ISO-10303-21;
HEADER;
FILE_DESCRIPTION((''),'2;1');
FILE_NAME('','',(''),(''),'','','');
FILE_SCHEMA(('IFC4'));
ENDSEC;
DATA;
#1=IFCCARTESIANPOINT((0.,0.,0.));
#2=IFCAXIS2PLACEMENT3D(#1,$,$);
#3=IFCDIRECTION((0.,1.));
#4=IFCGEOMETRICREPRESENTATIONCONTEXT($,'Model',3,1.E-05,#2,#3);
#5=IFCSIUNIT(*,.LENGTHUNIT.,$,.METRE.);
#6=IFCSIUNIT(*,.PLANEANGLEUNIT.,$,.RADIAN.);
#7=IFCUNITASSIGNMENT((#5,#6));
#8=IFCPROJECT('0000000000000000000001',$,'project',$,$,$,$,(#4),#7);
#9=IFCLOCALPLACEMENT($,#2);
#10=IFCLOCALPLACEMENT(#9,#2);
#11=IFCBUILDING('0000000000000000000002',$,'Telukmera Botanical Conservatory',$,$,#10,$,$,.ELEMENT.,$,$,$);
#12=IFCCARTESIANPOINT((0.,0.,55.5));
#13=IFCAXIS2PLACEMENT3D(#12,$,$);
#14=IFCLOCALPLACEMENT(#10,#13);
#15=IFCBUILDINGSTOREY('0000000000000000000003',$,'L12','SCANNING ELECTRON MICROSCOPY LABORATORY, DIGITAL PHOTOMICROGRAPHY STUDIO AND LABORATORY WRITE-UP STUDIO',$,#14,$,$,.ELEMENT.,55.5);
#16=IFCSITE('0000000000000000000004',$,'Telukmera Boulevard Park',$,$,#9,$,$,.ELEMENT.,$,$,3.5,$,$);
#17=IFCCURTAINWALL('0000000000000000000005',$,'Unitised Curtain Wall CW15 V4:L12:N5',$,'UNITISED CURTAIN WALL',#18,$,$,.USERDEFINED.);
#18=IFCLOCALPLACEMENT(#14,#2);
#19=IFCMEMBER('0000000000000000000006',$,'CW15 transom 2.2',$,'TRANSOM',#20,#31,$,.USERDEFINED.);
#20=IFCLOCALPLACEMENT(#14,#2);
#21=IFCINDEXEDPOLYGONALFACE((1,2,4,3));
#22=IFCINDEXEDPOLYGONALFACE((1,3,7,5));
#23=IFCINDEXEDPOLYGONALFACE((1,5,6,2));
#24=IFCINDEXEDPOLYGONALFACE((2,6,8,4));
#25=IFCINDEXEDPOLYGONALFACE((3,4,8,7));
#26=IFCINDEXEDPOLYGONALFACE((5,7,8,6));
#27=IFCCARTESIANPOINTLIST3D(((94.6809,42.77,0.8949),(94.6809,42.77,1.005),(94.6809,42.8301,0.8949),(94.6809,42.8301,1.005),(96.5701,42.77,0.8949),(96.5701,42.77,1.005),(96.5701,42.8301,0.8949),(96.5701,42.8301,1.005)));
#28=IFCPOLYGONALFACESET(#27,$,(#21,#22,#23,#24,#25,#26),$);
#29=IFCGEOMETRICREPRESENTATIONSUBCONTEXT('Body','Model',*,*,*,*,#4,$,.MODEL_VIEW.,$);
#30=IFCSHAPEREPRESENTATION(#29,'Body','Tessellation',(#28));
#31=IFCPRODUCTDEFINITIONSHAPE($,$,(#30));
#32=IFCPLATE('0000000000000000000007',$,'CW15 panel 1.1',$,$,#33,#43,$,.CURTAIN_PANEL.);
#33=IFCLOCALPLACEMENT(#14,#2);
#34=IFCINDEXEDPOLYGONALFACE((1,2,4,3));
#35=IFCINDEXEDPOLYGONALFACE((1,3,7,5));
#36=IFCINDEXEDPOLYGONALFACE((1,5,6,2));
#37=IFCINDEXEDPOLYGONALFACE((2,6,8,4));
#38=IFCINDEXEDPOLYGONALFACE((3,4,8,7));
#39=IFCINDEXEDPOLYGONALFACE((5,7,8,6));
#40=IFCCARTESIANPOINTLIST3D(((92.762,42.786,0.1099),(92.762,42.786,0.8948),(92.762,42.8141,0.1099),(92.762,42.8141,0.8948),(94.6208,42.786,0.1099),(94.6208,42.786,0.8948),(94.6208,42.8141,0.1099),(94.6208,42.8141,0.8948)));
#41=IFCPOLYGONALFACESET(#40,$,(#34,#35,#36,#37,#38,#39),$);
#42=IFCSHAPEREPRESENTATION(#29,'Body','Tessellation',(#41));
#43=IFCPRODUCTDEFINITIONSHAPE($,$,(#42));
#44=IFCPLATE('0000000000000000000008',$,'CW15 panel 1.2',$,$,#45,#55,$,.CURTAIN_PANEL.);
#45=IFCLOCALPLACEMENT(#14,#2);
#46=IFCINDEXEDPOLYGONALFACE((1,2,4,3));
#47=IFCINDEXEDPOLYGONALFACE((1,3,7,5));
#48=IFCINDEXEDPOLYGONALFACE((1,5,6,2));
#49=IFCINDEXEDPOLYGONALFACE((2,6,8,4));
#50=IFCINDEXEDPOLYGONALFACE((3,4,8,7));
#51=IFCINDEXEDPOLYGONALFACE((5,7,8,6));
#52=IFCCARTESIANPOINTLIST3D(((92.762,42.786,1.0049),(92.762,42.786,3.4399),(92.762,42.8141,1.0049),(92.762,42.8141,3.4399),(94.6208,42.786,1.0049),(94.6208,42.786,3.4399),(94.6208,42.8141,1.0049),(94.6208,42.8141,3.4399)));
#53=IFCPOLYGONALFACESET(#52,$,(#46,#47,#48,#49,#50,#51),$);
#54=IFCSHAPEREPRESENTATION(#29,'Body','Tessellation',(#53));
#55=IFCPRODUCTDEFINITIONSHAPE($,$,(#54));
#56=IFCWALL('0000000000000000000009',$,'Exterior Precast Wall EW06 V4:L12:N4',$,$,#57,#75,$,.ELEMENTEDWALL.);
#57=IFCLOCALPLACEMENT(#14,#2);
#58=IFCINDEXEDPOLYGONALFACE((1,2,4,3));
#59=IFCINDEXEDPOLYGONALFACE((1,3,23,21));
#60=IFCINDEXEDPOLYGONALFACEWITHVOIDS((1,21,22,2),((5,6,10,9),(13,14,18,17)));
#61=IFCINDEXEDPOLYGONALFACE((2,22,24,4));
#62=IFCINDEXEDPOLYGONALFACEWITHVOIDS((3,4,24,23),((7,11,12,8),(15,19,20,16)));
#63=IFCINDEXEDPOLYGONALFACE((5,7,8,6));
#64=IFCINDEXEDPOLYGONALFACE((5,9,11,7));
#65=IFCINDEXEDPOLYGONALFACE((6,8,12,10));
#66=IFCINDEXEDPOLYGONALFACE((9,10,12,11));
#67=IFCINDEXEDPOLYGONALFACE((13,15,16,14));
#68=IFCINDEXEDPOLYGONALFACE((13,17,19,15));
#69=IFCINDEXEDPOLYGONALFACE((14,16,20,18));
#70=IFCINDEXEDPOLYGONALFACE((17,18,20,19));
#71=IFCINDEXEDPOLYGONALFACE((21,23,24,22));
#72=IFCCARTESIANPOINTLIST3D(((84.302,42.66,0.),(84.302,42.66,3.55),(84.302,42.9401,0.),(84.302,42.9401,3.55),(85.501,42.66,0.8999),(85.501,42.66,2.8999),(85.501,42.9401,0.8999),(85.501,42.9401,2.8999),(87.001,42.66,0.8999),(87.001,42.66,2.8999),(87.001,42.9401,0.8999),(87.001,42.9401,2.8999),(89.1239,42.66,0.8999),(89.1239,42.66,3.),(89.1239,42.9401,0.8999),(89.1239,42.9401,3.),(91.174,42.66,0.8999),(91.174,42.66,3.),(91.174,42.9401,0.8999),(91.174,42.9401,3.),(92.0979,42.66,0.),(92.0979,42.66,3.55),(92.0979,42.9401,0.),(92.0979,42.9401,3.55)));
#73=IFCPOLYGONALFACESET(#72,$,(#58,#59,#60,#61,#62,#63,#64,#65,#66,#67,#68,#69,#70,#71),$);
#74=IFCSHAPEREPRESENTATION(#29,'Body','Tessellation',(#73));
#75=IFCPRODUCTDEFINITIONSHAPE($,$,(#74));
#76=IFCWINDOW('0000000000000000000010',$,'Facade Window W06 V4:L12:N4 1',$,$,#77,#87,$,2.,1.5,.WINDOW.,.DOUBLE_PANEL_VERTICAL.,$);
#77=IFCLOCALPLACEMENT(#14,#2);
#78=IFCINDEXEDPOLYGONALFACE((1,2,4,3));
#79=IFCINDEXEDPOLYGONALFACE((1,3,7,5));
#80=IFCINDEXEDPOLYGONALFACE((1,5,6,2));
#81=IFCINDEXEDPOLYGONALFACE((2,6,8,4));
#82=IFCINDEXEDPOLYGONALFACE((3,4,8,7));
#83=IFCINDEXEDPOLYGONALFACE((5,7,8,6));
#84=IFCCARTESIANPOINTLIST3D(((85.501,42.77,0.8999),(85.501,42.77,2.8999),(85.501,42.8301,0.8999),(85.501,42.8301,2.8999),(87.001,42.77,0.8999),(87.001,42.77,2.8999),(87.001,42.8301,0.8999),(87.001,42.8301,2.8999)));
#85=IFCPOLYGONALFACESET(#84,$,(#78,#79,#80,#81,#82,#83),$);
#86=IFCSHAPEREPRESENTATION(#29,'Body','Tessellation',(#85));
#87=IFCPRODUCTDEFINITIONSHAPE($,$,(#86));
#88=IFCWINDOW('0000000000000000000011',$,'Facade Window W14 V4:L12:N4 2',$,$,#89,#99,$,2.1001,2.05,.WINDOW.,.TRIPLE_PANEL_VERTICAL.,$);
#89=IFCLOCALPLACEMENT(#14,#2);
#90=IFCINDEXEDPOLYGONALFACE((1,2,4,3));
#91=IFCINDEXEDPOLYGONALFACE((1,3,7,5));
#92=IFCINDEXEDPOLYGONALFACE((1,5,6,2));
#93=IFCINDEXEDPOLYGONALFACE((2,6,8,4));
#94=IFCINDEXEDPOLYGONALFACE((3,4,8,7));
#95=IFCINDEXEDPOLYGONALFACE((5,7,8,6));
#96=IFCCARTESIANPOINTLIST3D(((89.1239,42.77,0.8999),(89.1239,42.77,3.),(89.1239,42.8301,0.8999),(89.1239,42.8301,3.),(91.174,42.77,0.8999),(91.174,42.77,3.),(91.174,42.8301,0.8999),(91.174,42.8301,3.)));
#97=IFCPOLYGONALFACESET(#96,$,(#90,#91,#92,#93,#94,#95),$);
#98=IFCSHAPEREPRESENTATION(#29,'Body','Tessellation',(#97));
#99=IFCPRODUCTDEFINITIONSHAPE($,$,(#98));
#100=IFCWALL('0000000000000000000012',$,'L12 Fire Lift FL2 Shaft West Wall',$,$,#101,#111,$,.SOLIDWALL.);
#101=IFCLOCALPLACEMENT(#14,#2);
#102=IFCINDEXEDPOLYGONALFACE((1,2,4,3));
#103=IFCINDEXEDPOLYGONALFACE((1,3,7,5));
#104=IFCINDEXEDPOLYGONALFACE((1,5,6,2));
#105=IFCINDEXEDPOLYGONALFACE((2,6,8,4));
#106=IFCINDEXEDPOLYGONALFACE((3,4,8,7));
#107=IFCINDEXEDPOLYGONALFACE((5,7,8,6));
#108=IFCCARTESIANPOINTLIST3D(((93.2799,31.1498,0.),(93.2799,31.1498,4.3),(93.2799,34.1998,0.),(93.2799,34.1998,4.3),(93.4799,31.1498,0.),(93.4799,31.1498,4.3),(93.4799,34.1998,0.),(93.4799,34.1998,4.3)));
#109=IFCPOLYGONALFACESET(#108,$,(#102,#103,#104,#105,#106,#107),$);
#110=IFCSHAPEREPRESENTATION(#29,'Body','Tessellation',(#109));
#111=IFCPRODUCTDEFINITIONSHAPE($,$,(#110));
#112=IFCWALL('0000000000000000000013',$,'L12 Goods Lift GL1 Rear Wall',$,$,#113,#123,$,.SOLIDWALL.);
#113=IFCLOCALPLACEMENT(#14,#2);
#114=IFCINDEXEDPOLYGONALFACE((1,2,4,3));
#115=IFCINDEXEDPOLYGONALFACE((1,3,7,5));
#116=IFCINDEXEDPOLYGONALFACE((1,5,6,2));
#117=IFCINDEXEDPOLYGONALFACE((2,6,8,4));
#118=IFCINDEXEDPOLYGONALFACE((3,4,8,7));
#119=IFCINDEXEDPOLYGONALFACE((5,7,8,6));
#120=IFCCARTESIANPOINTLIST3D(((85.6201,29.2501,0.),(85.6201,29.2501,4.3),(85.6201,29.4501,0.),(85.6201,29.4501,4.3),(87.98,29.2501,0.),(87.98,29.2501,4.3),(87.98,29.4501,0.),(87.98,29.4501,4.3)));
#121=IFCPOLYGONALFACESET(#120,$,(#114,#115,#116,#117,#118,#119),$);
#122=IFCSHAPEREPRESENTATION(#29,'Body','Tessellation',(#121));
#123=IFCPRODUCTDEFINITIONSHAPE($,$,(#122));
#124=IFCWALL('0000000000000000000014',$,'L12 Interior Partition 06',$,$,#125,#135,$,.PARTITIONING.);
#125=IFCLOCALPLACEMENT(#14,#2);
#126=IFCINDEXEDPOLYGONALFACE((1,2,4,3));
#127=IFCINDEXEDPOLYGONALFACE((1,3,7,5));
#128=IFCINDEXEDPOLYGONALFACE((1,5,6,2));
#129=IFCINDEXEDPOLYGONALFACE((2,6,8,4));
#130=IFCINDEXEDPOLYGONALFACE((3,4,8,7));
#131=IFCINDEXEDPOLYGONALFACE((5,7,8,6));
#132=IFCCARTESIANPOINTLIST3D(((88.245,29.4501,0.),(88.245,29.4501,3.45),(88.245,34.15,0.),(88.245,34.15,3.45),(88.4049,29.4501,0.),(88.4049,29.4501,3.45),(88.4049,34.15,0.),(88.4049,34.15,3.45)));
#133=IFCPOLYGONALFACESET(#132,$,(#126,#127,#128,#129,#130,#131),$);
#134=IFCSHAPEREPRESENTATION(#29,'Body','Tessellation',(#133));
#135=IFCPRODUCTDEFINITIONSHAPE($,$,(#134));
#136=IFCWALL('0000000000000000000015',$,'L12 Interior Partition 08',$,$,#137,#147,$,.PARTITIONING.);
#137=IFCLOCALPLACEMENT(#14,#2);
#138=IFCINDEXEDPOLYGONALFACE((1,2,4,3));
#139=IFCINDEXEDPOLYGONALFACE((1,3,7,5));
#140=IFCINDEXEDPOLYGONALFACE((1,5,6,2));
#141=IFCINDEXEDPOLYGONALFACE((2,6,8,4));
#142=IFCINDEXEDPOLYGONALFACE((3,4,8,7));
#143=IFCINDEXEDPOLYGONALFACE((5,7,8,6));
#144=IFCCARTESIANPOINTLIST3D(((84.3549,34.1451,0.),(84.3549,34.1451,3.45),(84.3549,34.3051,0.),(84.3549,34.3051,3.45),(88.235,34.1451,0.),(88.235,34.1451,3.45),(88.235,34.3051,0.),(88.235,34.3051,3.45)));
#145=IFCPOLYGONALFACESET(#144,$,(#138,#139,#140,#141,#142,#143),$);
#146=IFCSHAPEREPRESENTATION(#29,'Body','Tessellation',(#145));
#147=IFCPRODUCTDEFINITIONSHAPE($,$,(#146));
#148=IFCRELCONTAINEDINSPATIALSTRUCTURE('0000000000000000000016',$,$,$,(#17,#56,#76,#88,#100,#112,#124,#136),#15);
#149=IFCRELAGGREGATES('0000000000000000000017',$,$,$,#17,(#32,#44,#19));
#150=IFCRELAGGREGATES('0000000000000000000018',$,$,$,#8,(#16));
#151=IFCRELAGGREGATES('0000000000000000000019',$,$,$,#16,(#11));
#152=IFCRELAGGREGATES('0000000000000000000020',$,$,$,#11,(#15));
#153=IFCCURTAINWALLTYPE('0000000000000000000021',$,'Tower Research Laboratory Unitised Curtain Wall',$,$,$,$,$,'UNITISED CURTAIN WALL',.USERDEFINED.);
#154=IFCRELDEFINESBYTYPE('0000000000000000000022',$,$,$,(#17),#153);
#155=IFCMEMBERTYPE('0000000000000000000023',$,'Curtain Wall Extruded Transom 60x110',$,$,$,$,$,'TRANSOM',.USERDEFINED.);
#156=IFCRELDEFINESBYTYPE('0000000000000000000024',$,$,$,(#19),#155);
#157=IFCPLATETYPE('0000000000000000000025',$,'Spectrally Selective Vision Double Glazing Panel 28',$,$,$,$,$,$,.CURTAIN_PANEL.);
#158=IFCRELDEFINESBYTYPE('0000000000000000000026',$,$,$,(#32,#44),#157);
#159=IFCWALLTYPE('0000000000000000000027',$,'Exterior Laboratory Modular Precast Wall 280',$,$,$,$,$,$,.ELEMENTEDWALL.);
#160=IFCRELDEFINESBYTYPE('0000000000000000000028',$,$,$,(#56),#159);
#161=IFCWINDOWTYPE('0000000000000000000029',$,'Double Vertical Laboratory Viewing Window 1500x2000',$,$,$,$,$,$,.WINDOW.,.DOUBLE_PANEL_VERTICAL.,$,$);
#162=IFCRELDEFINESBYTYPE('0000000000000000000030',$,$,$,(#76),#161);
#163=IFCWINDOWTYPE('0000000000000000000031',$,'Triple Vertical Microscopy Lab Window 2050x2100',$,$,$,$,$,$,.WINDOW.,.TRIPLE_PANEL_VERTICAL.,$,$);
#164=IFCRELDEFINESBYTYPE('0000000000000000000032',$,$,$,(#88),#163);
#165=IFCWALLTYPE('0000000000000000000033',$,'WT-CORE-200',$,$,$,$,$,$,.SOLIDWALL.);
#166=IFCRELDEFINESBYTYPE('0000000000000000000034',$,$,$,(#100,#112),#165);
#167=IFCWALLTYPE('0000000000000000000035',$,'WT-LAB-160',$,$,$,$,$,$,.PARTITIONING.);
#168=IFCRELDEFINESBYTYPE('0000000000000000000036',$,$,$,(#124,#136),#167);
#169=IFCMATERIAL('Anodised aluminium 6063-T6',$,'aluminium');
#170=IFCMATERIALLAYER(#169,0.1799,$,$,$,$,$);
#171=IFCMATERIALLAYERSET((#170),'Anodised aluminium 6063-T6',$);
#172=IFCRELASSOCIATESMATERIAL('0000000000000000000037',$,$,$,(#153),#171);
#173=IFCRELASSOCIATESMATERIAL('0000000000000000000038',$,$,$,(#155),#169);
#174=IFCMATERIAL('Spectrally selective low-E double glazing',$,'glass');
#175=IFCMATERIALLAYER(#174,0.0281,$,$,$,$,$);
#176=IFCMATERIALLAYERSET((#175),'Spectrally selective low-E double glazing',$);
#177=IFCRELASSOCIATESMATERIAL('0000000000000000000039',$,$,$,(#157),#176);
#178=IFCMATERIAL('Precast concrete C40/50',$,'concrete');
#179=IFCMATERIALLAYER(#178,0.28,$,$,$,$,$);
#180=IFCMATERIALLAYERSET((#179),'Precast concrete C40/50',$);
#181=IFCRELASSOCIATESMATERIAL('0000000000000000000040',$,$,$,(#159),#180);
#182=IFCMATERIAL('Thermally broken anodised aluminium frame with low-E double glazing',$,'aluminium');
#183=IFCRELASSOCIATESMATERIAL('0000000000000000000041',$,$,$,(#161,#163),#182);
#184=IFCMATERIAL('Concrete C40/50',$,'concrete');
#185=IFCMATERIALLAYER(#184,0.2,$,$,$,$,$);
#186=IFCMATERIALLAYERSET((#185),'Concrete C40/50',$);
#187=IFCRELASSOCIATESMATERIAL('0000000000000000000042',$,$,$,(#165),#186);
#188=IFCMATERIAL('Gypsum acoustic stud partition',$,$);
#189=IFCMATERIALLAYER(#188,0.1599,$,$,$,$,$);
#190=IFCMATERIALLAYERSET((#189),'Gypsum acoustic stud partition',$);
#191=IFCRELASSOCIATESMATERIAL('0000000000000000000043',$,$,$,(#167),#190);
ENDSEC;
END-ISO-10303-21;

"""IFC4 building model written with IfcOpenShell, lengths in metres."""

from ifc_helpers import new_model, si_unit, direction, frame, frame_2d, origin, origin_2d, place, context, subcontext, project, spatial, rectangle, extrude, material, layer, layer_set, material_profile, profile_set, type_object, element, fill, aggregate, save


model = new_model("IFC4")

# Units and contexts
model_context = context("Model", 3, precision=1e-05, world=origin(), true_north=direction((0.0, 1.0)))
body_context = subcontext(model_context, "Body", "Model", "MODEL_VIEW")
ifc_project = project(units=[si_unit("LENGTHUNIT", "METRE"), si_unit("PLANEANGLEUNIT", "RADIAN")], contexts=[model_context])

# Site, building, storey
site_placement = place(None, origin())
site = spatial("IfcSite", under=ifc_project, at=site_placement, Name="Telukmera Boulevard Park", CompositionType="ELEMENT", RefElevation=3.5)
building_placement = place(site_placement, origin())
building = spatial("IfcBuilding", under=site, at=building_placement, Name="Telukmera Botanical Conservatory", CompositionType="ELEMENT")
storey_placement = place(building_placement, frame((0.0, 0.0, 55.5)))
storey = spatial("IfcBuildingStorey", under=building, at=storey_placement, Name="L12", Description="SCANNING ELECTRON MICROSCOPY LABORATORY, DIGITAL PHOTOMICROGRAPHY STUDIO AND LABORATORY WRITE-UP STUDIO", CompositionType="ELEMENT", Elevation=55.5)

# Shared definitions
ifc_material_1 = material(Name="Concrete C40/50", Category="concrete")

# Shared definitions
ifc_material_2 = material(Name="Precast concrete C40/50", Category="concrete")

# Curtain wall, member, plates
ifc_material_3 = material(Name="Anodised aluminium 6063-T6", Category="aluminium")
ifc_layer_1 = layer(ifc_material_3, 0.1799)
ifc_layer_set_1 = layer_set([ifc_layer_1], Name="Anodised aluminium 6063-T6")
curtain_wall_type = type_object("IfcCurtainWallType", Name="Tower Research Laboratory Unitised Curtain Wall", ElementType="UNITISED CURTAIN WALL", PredefinedType="USERDEFINED", material=ifc_layer_set_1)
curtain_wall_placement = place(storey_placement, origin())
curtain_wall = element("IfcCurtainWall", 1, at=curtain_wall_placement, inside=storey, type_object=curtain_wall_type, Name="Unitised Curtain Wall CW15 V4:L12:N5", ObjectType="UNITISED CURTAIN WALL", PredefinedType="USERDEFINED")
ifc_material_profile_1 = material_profile(ifc_material_3, rectangle(XDim=0.0601, YDim=0.1101, at=origin_2d()), Name="ALU TRAN 60x110")
ifc_profile_set_1 = profile_set([ifc_material_profile_1], Name="Anodised aluminium 6063-T6")
member_type_1 = type_object("IfcMemberType", Name="Curtain Wall Extruded Transom 60x110", ElementType="TRANSOM", PredefinedType="USERDEFINED", material=ifc_profile_set_1)
member_1_placement = place(storey_placement, frame((94.6809, 42.8, 0.95), z_axis=(1.0, 0.0, 0.0), x_axis=(0.0, 1.0, 0.0)))
member_1 = element("IfcMember", 2, at=member_1_placement, type_object=member_type_1, Name="CW15 transom 2.2", ObjectType="TRANSOM", PredefinedType="USERDEFINED", context=body_context, shape_type="SweptSolid", body=[
    extrude(rectangle(XDim=0.0601, YDim=0.1101, at=origin_2d()), origin(), (0.0, 0.0, 1.0), 1.8892),
])
ifc_material_4 = material(Name="Spectrally selective low-E double glazing", Category="glass")
ifc_layer_2 = layer(ifc_material_4, 0.0281)
ifc_layer_set_2 = layer_set([ifc_layer_2], Name="Spectrally selective low-E double glazing")
plate_type = type_object("IfcPlateType", Name="Spectrally Selective Vision Double Glazing Panel 28", PredefinedType="CURTAIN_PANEL", material=ifc_layer_set_2)
plate_1_placement = place(storey_placement, frame((93.6914, 42.8, 0.1099), z_axis=(0.0, 0.0, 1.0), x_axis=(1.0, 0.0, 0.0)))
plate_1 = element("IfcPlate", 3, at=plate_1_placement, type_object=plate_type, Name="CW15 panel 1.1", PredefinedType="CURTAIN_PANEL", context=body_context, shape_type="SweptSolid", body=[
    extrude(rectangle(XDim=1.8589, YDim=0.0281, at=origin_2d()), origin(), (0.0, 0.0, 1.0), 0.7849),
])
plate_2_placement = place(storey_placement, frame((93.6914, 42.8, 1.0049), z_axis=(0.0, 0.0, 1.0), x_axis=(1.0, 0.0, 0.0)))
plate_2 = element("IfcPlate", 4, at=plate_2_placement, type_object=plate_type, Name="CW15 panel 1.2", PredefinedType="CURTAIN_PANEL", context=body_context, shape_type="SweptSolid", body=[
    extrude(rectangle(XDim=1.8589, YDim=0.0281, at=origin_2d()), origin(), (0.0, 0.0, 1.0), 2.4351),
])
aggregate(curtain_wall, [plate_1, plate_2, member_1])

# Wall, openings, windows
ifc_layer_3 = layer(ifc_material_2, 0.28)
ifc_layer_set_3 = layer_set([ifc_layer_3], Name="Precast concrete C40/50")
wall_type_1 = type_object("IfcWallType", Name="Exterior Laboratory Modular Precast Wall 280", PredefinedType="ELEMENTEDWALL", material=ifc_layer_set_3)
wall_1_placement = place(storey_placement, frame((84.302, 42.8, 0.0), z_axis=(0.0, 0.0, 1.0), x_axis=(1.0, 0.0, 0.0)))
wall_1 = element("IfcWall", 5, at=wall_1_placement, inside=storey, type_object=wall_type_1, Name="Exterior Precast Wall EW06 V4:L12:N4", PredefinedType="ELEMENTEDWALL", context=body_context, shape_type="SweptSolid", body=[
    extrude(rectangle(XDim=7.7959, YDim=0.28, at=frame_2d((3.8979, 0.0))), origin(), (0.0, 0.0, 1.0), 3.55),
])
opening_1_placement = place(wall_1_placement, frame((1.199, 0.0, 0.8999)))
opening_1 = element("IfcOpeningElement", 6, at=opening_1_placement, cuts=wall_1, PredefinedType="OPENING", context=body_context, shape_type="SweptSolid", body=[
    extrude(rectangle(XDim=1.5, YDim=2.0, at=frame_2d((0.75, 1.0))), frame((0.0, 0.1499, 0.0), z_axis=(0.0, -1.0, 0.0), x_axis=(1.0, 0.0, 0.0)), (0.0, 0.0, 1.0), 0.3),
])
opening_2_placement = place(wall_1_placement, frame((4.822, 0.0, 0.8999)))
opening_2 = element("IfcOpeningElement", 7, at=opening_2_placement, cuts=wall_1, PredefinedType="OPENING", context=body_context, shape_type="SweptSolid", body=[
    extrude(rectangle(XDim=2.05, YDim=2.1001, at=frame_2d((1.0249, 1.05))), frame((0.0, 0.1499, 0.0), z_axis=(0.0, -1.0, 0.0), x_axis=(1.0, 0.0, 0.0)), (0.0, 0.0, 1.0), 0.3),
])
ifc_material_5 = material(Name="Thermally broken anodised aluminium frame with low-E double glazing", Category="aluminium")
window_type_1 = type_object("IfcWindowType", Name="Double Vertical Laboratory Viewing Window 1500x2000", PartitioningType="DOUBLE_PANEL_VERTICAL", PredefinedType="WINDOW", material=ifc_material_5)
window_1_placement = place(opening_1_placement, origin())
window_1 = element("IfcWindow", 8, at=window_1_placement, inside=storey, type_object=window_type_1, Name="Facade Window W06 V4:L12:N4 1", OverallHeight=2.0, OverallWidth=1.5, PartitioningType="DOUBLE_PANEL_VERTICAL", PredefinedType="WINDOW", context=body_context, shape_type="SweptSolid", body=[
    extrude(rectangle(XDim=1.5, YDim=2.0, at=frame_2d((0.75, 1.0))), frame((0.0, 0.03, 0.0), z_axis=(0.0, -1.0, 0.0), x_axis=(1.0, 0.0, 0.0)), (0.0, 0.0, 1.0), 0.0601),
])
fill(opening_1, window_1)
window_type_2 = type_object("IfcWindowType", Name="Triple Vertical Microscopy Lab Window 2050x2100", PartitioningType="TRIPLE_PANEL_VERTICAL", PredefinedType="WINDOW", material=ifc_material_5)
window_2_placement = place(opening_2_placement, origin())
window_2 = element("IfcWindow", 9, at=window_2_placement, inside=storey, type_object=window_type_2, Name="Facade Window W14 V4:L12:N4 2", OverallHeight=2.1001, OverallWidth=2.05, PartitioningType="TRIPLE_PANEL_VERTICAL", PredefinedType="WINDOW", context=body_context, shape_type="SweptSolid", body=[
    extrude(rectangle(XDim=2.05, YDim=2.1001, at=frame_2d((1.0249, 1.05))), frame((0.0, 0.03, 0.0), z_axis=(0.0, -1.0, 0.0), x_axis=(1.0, 0.0, 0.0)), (0.0, 0.0, 1.0), 0.0601),
])
fill(opening_2, window_2)

# Shared definitions
ifc_layer_4 = layer(ifc_material_1, 0.2)
ifc_layer_set_4 = layer_set([ifc_layer_4], Name="Concrete C40/50")
wall_type_2 = type_object("IfcWallType", Name="WT-CORE-200", PredefinedType="SOLIDWALL", material=ifc_layer_set_4)

# Walls
wall_2_placement = place(storey_placement, frame((93.3799, 31.1499, 0.0), z_axis=(0.0, 0.0, 1.0), x_axis=(0.0, 1.0, 0.0)))
element("IfcWall", 10, at=wall_2_placement, inside=storey, type_object=wall_type_2, Name="L12 Fire Lift FL2 Shaft West Wall", PredefinedType="SOLIDWALL", context=body_context, shape_type="SweptSolid", body=[
    extrude(rectangle(XDim=3.05, YDim=0.2, at=frame_2d((1.5249, 0.0))), origin(), (0.0, 0.0, 1.0), 4.3),
])
wall_3_placement = place(storey_placement, frame((85.6201, 29.3501, 0.0), z_axis=(0.0, 0.0, 1.0), x_axis=(1.0, 0.0, 0.0)))
element("IfcWall", 11, at=wall_3_placement, inside=storey, type_object=wall_type_2, Name="L12 Goods Lift GL1 Rear Wall", PredefinedType="SOLIDWALL", context=body_context, shape_type="SweptSolid", body=[
    extrude(rectangle(XDim=2.3599, YDim=0.2, at=frame_2d((1.1799, 0.0))), origin(), (0.0, 0.0, 1.0), 4.3),
])
ifc_material_6 = material(Name="Gypsum acoustic stud partition")
ifc_layer_5 = layer(ifc_material_6, 0.1599)
ifc_layer_set_5 = layer_set([ifc_layer_5], Name="Gypsum acoustic stud partition")
wall_type_3 = type_object("IfcWallType", Name="WT-LAB-160", PredefinedType="PARTITIONING", material=ifc_layer_set_5)
wall_4_placement = place(storey_placement, frame((88.325, 29.45, 0.0), z_axis=(0.0, 0.0, 1.0), x_axis=(0.0, 1.0, 0.0)))
element("IfcWall", 12, at=wall_4_placement, inside=storey, type_object=wall_type_3, Name="L12 Interior Partition 06", PredefinedType="PARTITIONING", context=body_context, shape_type="SweptSolid", body=[
    extrude(rectangle(XDim=4.7, YDim=0.1599, at=frame_2d((2.3501, 0.0))), origin(), (0.0, 0.0, 1.0), 3.45),
])
wall_5_placement = place(storey_placement, frame((84.355, 34.2251, 0.0), z_axis=(0.0, 0.0, 1.0), x_axis=(1.0, 0.0, 0.0)))
element("IfcWall", 13, at=wall_5_placement, inside=storey, type_object=wall_type_3, Name="L12 Interior Partition 08", PredefinedType="PARTITIONING", context=body_context, shape_type="SweptSolid", body=[
    extrude(rectangle(XDim=3.8801, YDim=0.1599, at=frame_2d((1.9399, 0.0))), origin(), (0.0, 0.0, 1.0), 3.45),
])

save(model, "model.ifc")
